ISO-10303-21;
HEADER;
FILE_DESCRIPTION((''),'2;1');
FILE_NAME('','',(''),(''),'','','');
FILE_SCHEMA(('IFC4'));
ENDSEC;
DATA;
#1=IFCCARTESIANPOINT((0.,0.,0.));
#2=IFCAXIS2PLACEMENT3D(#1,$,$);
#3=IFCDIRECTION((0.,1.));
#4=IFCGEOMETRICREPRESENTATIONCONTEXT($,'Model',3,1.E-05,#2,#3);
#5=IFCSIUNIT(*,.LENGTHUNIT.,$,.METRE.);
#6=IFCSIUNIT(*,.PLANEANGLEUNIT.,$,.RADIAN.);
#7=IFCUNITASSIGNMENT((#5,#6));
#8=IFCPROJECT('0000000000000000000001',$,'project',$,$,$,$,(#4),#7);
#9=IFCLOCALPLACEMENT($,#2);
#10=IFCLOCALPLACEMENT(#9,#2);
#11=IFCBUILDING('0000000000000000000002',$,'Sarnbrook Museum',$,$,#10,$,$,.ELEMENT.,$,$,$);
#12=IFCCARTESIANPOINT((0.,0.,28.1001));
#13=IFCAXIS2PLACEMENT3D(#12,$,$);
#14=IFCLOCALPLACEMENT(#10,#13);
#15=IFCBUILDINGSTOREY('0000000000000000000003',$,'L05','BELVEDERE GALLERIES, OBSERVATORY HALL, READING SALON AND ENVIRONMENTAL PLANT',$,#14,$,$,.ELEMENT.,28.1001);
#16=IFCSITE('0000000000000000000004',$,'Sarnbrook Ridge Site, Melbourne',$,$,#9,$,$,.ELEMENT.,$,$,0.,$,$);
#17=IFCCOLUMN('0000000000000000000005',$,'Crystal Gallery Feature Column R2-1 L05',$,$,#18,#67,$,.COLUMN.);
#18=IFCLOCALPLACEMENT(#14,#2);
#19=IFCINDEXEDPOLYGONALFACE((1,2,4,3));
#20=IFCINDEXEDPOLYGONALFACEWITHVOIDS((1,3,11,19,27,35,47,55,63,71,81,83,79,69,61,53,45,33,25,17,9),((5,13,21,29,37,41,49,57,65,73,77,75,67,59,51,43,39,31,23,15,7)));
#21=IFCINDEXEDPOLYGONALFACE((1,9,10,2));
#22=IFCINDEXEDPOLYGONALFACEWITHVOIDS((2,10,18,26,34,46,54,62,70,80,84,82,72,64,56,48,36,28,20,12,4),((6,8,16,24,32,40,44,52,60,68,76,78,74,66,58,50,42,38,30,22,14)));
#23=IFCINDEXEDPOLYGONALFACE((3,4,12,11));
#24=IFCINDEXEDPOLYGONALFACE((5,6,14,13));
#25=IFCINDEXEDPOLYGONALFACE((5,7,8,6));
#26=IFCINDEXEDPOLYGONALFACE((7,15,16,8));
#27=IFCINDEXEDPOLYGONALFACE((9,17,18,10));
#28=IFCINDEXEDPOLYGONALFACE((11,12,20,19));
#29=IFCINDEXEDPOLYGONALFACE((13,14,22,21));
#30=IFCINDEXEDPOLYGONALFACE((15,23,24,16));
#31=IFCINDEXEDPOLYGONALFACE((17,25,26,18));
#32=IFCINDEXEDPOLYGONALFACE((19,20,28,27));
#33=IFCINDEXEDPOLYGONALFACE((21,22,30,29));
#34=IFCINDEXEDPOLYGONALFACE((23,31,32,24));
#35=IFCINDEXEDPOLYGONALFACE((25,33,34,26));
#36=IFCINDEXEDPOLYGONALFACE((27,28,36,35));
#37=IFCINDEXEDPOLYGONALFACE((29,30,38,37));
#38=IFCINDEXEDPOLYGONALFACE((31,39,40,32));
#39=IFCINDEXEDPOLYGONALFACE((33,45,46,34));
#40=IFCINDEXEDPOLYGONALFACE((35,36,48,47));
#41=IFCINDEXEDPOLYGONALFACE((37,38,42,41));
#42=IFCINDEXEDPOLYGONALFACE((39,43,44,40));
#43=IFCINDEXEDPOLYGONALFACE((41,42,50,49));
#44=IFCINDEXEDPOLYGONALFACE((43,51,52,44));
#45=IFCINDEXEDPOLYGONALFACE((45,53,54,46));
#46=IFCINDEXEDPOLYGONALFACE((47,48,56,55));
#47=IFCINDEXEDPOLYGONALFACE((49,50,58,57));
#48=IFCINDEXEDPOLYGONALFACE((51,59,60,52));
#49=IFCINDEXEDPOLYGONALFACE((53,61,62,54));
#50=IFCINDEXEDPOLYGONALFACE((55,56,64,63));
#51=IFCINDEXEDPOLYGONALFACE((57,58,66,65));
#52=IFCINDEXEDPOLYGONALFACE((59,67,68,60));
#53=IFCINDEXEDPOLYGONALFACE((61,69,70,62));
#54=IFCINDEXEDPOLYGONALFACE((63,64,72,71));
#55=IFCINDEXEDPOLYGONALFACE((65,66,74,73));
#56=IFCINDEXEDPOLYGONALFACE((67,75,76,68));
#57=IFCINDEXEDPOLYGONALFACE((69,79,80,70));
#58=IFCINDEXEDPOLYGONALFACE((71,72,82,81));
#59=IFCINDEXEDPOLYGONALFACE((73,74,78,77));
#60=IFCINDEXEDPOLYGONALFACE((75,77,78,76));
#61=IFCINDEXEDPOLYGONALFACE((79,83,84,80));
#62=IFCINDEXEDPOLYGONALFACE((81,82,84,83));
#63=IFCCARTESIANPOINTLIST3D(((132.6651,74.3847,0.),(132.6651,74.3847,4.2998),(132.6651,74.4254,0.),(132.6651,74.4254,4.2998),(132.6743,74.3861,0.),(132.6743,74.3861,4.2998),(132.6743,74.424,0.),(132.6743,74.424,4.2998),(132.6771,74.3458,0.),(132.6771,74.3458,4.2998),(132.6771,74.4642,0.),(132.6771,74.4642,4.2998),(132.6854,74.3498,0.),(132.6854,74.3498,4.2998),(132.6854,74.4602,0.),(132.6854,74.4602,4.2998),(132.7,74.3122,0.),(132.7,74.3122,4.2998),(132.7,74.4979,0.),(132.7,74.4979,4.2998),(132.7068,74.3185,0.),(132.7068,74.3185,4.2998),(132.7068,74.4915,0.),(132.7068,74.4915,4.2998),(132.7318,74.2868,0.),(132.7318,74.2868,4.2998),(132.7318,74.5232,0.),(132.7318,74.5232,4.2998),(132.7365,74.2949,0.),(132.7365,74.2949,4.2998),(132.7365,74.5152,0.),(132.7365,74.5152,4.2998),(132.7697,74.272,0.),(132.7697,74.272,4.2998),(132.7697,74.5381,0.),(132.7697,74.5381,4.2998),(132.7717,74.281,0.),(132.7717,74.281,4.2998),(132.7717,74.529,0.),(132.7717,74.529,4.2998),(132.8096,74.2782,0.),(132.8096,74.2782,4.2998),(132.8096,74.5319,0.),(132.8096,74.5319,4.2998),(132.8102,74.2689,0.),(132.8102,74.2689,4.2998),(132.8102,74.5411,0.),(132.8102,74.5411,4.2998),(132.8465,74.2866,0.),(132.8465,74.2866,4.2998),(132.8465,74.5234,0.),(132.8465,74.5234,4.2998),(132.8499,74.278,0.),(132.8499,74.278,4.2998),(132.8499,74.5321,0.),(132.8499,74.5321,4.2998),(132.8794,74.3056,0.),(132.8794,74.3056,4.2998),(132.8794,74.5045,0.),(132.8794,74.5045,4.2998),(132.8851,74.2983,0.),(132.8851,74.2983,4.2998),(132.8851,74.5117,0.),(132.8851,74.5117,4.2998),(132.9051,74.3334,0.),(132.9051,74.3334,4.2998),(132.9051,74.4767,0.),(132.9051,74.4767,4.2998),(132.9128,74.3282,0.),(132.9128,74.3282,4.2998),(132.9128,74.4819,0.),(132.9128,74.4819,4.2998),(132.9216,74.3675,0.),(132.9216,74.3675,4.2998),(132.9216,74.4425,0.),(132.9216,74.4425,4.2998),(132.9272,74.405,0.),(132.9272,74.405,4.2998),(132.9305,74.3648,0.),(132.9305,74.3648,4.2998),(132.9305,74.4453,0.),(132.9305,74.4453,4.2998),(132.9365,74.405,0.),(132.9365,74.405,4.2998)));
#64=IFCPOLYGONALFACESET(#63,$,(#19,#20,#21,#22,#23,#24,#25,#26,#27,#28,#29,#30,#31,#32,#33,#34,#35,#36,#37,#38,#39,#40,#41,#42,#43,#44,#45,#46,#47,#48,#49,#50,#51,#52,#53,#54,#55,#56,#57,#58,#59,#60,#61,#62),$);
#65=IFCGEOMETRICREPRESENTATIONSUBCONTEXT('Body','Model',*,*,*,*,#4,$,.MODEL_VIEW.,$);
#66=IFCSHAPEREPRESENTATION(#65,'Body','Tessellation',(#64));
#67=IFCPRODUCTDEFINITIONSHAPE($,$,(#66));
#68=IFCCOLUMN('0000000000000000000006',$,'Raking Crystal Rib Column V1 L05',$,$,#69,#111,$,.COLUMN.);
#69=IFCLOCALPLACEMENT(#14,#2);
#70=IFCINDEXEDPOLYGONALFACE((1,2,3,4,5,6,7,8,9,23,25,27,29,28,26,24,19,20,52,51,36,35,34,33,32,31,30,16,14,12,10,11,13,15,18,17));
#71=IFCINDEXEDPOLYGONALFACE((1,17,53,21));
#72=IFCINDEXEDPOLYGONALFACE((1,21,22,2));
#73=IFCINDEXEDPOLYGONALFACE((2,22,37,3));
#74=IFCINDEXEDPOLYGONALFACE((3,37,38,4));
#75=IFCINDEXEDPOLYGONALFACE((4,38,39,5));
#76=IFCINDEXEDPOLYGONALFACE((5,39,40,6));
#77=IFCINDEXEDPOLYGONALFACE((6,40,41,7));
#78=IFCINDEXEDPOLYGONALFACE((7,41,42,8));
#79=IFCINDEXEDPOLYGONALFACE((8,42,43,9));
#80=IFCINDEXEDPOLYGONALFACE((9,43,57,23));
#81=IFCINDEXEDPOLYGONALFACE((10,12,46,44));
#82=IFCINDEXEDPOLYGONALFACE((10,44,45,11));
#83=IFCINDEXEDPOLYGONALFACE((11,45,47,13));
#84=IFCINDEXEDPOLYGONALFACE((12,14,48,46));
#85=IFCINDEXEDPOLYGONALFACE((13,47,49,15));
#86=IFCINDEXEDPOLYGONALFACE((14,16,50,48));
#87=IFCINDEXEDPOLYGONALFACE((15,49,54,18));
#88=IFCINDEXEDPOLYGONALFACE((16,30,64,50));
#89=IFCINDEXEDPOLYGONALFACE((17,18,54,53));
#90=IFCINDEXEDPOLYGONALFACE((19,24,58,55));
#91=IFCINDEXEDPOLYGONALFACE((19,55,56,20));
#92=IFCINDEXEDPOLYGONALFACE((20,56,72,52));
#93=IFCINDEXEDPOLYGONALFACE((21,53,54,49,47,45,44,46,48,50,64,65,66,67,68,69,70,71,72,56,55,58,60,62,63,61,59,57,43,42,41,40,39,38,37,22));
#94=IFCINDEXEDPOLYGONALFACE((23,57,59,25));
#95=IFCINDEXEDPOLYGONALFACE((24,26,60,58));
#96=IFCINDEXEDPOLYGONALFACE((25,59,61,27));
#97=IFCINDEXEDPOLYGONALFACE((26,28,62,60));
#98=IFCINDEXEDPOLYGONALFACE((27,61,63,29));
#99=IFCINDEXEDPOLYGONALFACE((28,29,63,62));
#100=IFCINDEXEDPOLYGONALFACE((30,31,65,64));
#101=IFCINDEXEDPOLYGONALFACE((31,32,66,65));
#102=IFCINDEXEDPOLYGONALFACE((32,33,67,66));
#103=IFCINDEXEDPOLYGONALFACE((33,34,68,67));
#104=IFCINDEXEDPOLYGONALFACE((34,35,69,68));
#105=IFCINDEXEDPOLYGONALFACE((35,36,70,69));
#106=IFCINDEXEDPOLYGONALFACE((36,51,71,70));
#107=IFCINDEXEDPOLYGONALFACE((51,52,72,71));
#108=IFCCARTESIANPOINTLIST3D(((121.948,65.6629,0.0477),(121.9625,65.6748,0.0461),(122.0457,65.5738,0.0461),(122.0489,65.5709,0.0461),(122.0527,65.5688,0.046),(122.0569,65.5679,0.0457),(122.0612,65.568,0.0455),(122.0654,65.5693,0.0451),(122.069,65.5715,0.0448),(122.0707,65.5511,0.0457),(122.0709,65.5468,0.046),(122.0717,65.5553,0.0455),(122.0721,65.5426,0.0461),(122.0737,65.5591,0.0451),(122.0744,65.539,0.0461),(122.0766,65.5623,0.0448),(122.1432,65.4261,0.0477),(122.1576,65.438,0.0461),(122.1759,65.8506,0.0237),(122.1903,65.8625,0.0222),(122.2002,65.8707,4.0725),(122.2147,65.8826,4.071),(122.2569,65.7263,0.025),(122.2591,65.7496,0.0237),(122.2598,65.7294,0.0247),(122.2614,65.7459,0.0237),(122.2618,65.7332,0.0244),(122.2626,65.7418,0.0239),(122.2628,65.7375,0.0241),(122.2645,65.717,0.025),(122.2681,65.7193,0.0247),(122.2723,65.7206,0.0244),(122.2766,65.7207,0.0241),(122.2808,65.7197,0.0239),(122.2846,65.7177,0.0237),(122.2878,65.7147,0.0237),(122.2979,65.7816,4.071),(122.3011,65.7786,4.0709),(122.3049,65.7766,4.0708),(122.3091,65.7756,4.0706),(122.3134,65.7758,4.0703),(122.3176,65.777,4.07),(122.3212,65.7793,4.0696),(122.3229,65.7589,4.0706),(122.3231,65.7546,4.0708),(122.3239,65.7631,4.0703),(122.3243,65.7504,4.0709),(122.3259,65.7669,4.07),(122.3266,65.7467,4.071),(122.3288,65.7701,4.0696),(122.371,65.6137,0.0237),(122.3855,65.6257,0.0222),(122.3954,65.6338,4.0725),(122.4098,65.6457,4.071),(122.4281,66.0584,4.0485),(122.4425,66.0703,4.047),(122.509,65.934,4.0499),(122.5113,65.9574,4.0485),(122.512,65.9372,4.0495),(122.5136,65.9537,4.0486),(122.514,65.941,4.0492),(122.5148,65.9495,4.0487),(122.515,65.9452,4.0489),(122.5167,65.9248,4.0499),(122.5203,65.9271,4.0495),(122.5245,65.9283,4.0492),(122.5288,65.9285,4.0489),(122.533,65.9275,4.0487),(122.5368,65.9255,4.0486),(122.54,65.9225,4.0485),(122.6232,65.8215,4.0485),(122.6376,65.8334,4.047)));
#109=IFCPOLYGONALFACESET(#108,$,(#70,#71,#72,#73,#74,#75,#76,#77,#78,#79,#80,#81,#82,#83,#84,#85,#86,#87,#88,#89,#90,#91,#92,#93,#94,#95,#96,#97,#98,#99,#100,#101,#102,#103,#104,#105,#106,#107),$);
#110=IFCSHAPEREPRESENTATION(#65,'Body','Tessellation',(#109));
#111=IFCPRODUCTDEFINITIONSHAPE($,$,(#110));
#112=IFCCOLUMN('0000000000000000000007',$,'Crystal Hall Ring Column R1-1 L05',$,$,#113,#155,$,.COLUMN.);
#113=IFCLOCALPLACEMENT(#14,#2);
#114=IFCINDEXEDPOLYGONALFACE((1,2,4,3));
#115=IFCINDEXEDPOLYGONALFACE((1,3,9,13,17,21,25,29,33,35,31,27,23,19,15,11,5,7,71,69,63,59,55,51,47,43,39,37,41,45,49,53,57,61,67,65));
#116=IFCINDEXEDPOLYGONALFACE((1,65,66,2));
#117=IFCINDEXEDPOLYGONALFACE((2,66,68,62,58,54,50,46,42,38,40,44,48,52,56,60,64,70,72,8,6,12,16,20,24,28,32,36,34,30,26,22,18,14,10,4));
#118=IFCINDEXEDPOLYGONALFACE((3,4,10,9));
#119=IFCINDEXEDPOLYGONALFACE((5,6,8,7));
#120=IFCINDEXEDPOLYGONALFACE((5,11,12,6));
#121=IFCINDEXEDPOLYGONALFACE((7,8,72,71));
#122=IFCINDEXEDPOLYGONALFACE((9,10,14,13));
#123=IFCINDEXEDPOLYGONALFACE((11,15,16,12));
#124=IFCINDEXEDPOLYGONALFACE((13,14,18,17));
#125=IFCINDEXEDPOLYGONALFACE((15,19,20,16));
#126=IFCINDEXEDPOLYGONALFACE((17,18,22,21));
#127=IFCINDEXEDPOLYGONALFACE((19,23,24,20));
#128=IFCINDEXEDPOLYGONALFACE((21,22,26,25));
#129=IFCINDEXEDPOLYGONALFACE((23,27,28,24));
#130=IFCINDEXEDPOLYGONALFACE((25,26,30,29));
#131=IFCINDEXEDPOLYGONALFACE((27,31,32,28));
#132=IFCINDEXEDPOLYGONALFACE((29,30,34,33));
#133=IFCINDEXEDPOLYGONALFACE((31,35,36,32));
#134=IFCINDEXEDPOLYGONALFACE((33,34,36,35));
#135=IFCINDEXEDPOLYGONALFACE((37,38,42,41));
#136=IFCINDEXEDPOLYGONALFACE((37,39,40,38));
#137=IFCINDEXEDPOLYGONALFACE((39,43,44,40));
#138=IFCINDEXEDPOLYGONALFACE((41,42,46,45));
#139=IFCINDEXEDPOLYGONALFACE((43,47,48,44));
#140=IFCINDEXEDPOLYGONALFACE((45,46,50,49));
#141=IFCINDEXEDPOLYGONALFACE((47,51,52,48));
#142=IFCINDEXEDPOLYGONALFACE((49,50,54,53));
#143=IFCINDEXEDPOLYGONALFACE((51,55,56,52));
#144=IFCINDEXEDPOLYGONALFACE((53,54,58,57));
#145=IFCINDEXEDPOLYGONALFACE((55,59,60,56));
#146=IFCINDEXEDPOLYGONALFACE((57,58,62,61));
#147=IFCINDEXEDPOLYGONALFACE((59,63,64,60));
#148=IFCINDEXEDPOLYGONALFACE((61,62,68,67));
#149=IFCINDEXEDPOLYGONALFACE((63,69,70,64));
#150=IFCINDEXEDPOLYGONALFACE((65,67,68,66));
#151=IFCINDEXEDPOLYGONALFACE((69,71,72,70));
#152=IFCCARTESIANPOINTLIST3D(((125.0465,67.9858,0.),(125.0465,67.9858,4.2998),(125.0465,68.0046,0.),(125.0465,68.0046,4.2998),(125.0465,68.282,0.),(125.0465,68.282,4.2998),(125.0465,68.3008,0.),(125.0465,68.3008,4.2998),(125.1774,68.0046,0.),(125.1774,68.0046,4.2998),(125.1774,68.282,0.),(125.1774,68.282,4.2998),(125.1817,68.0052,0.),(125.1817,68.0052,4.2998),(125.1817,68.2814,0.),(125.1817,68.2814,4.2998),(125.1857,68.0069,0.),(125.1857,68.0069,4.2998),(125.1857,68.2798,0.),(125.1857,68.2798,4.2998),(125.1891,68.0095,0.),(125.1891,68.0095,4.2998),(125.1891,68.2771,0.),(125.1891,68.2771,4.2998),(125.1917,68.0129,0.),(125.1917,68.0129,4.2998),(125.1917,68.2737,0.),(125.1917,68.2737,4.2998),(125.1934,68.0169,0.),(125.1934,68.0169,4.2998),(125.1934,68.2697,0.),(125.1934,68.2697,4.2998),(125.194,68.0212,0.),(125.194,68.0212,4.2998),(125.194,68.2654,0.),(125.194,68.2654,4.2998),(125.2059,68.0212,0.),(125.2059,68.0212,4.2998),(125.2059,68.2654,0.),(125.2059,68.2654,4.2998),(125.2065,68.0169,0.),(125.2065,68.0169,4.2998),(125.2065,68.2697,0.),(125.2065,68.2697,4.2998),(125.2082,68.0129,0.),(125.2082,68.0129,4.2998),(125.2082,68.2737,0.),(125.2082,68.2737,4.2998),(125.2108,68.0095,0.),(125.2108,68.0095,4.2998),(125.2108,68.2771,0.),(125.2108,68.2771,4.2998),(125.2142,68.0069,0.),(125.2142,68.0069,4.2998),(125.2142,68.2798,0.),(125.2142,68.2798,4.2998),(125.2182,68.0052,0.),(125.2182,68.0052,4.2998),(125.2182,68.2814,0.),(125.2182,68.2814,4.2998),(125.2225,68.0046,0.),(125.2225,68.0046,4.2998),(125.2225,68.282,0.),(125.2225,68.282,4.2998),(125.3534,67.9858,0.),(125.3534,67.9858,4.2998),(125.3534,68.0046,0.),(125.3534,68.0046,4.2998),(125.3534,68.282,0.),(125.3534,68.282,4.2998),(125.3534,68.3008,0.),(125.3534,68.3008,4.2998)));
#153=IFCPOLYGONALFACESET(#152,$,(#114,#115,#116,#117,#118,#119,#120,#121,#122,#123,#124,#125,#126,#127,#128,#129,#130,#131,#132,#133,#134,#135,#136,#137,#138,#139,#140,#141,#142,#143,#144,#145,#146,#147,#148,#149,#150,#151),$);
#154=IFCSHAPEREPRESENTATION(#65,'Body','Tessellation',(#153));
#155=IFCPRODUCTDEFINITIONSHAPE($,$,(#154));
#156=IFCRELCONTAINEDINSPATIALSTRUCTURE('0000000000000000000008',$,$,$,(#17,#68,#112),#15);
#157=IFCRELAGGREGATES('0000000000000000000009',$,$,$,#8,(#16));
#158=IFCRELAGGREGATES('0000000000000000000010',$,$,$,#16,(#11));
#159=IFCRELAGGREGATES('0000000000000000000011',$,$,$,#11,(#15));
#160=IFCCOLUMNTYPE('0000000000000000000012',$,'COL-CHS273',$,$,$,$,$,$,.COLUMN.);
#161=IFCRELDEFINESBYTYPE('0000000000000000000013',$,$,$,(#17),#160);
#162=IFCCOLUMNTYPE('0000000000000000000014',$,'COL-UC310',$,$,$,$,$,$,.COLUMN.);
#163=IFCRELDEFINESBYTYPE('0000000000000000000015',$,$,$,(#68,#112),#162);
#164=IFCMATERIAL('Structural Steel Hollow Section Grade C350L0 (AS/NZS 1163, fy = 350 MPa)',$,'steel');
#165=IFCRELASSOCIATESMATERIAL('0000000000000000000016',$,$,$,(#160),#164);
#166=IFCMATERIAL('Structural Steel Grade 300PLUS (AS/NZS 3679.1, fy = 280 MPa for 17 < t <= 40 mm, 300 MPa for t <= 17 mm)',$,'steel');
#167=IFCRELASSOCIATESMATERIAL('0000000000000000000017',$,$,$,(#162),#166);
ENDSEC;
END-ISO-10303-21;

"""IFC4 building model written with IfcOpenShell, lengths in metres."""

from ifc_helpers import new_model, si_unit, direction, frame, origin, origin_2d, place, context, subcontext, project, spatial, hollow_circle, i_section, extrude, material, material_profile, profile_set, type_object, element, save


model = new_model("IFC4")

# Units and contexts
model_context = context("Model", 3, precision=1e-05, world=origin(), true_north=direction((0.0, 1.0)))
body_context = subcontext(model_context, "Body", "Model", "MODEL_VIEW")
ifc_project = project(units=[si_unit("LENGTHUNIT", "METRE"), si_unit("PLANEANGLEUNIT", "RADIAN")], contexts=[model_context])

# Site, building, storey
site_placement = place(None, origin())
site = spatial("IfcSite", under=ifc_project, at=site_placement, Name="Sarnbrook Ridge Site, Melbourne", CompositionType="ELEMENT", RefElevation=0.0)
building_placement = place(site_placement, origin())
building = spatial("IfcBuilding", under=site, at=building_placement, Name="Sarnbrook Museum", CompositionType="ELEMENT")
storey_placement = place(building_placement, frame((0.0, 0.0, 28.1001)))
storey = spatial("IfcBuildingStorey", under=building, at=storey_placement, Name="L05", Description="BELVEDERE GALLERIES, OBSERVATORY HALL, READING SALON AND ENVIRONMENTAL PLANT", CompositionType="ELEMENT", Elevation=28.1001)

# Columns
ifc_material_1 = material(Name="Structural Steel Hollow Section Grade C350L0 (AS/NZS 1163, fy = 350 MPa)", Category="steel")
ifc_material_profile_1 = material_profile(ifc_material_1, hollow_circle(Radius=0.1365, WallThickness=0.0093, at=origin_2d()), Name="273.1x9.3CHS")
ifc_profile_set_1 = profile_set([ifc_material_profile_1], Name="Structural Steel Hollow Section Grade C350L0 (AS/NZS 1163, fy = 350 MPa)")
column_type_1 = type_object("IfcColumnType", Name="COL-CHS273", PredefinedType="COLUMN", material=ifc_profile_set_1)
column_1_placement = place(storey_placement, frame((132.8, 74.405, 0.0), z_axis=(0.0, 0.0, 1.0), x_axis=(1.0, 0.0, 0.0)))
element("IfcColumn", 1, at=column_1_placement, inside=storey, type_object=column_type_1, Name="Crystal Gallery Feature Column R2-1 L05", PredefinedType="COLUMN", context=body_context, shape_type="SweptSolid", body=[
    extrude(hollow_circle(Radius=0.1365, WallThickness=0.0093, at=origin_2d()), origin(), (0.0, 0.0, 1.0), 4.2998),
])
ifc_material_2 = material(Name="Structural Steel Grade 300PLUS (AS/NZS 3679.1, fy = 280 MPa for 17 < t <= 40 mm, 300 MPa for t <= 17 mm)", Category="steel")
ifc_material_profile_2 = material_profile(ifc_material_2, i_section(OverallWidth=0.3069, OverallDepth=0.3149, WebThickness=0.012, FlangeThickness=0.0188, FilletRadius=0.0166, at=origin_2d()), Name="310UC118")
ifc_profile_set_2 = profile_set([ifc_material_profile_2], Name="Structural Steel Grade 300PLUS (AS/NZS 3679.1, fy = 280 MPa for 17 < t <= 40 mm, 300 MPa for t <= 17 mm)")
column_type_2 = type_object("IfcColumnType", Name="COL-UC310", PredefinedType="COLUMN", material=ifc_profile_set_2)
column_2_placement = place(storey_placement, frame((122.1667, 65.6443, 0.0349), z_axis=(0.062454, 0.05145, 0.996721), x_axis=(-0.635838, 0.771822, 0.0)))
element("IfcColumn", 2, at=column_2_placement, inside=storey, type_object=column_type_2, Name="Raking Crystal Rib Column V1 L05", PredefinedType="COLUMN", context=body_context, shape_type="SweptSolid", body=[
    extrude(i_section(OverallWidth=0.3069, OverallDepth=0.3149, WebThickness=0.012, FlangeThickness=0.0188, FilletRadius=0.0166, at=origin_2d()), origin(), (0.0, 0.0, 1.0), 4.0381),
])
column_3_placement = place(storey_placement, frame((125.2, 68.1433, 0.0), z_axis=(0.0, 0.0, 1.0), x_axis=(1.0, 0.0, 0.0)))
element("IfcColumn", 3, at=column_3_placement, inside=storey, type_object=column_type_2, Name="Crystal Hall Ring Column R1-1 L05", PredefinedType="COLUMN", context=body_context, shape_type="SweptSolid", body=[
    extrude(i_section(OverallWidth=0.3069, OverallDepth=0.3149, WebThickness=0.012, FlangeThickness=0.0188, FilletRadius=0.0166, at=origin_2d()), origin(), (0.0, 0.0, 1.0), 4.2998),
])

save(model, "model.ifc")
